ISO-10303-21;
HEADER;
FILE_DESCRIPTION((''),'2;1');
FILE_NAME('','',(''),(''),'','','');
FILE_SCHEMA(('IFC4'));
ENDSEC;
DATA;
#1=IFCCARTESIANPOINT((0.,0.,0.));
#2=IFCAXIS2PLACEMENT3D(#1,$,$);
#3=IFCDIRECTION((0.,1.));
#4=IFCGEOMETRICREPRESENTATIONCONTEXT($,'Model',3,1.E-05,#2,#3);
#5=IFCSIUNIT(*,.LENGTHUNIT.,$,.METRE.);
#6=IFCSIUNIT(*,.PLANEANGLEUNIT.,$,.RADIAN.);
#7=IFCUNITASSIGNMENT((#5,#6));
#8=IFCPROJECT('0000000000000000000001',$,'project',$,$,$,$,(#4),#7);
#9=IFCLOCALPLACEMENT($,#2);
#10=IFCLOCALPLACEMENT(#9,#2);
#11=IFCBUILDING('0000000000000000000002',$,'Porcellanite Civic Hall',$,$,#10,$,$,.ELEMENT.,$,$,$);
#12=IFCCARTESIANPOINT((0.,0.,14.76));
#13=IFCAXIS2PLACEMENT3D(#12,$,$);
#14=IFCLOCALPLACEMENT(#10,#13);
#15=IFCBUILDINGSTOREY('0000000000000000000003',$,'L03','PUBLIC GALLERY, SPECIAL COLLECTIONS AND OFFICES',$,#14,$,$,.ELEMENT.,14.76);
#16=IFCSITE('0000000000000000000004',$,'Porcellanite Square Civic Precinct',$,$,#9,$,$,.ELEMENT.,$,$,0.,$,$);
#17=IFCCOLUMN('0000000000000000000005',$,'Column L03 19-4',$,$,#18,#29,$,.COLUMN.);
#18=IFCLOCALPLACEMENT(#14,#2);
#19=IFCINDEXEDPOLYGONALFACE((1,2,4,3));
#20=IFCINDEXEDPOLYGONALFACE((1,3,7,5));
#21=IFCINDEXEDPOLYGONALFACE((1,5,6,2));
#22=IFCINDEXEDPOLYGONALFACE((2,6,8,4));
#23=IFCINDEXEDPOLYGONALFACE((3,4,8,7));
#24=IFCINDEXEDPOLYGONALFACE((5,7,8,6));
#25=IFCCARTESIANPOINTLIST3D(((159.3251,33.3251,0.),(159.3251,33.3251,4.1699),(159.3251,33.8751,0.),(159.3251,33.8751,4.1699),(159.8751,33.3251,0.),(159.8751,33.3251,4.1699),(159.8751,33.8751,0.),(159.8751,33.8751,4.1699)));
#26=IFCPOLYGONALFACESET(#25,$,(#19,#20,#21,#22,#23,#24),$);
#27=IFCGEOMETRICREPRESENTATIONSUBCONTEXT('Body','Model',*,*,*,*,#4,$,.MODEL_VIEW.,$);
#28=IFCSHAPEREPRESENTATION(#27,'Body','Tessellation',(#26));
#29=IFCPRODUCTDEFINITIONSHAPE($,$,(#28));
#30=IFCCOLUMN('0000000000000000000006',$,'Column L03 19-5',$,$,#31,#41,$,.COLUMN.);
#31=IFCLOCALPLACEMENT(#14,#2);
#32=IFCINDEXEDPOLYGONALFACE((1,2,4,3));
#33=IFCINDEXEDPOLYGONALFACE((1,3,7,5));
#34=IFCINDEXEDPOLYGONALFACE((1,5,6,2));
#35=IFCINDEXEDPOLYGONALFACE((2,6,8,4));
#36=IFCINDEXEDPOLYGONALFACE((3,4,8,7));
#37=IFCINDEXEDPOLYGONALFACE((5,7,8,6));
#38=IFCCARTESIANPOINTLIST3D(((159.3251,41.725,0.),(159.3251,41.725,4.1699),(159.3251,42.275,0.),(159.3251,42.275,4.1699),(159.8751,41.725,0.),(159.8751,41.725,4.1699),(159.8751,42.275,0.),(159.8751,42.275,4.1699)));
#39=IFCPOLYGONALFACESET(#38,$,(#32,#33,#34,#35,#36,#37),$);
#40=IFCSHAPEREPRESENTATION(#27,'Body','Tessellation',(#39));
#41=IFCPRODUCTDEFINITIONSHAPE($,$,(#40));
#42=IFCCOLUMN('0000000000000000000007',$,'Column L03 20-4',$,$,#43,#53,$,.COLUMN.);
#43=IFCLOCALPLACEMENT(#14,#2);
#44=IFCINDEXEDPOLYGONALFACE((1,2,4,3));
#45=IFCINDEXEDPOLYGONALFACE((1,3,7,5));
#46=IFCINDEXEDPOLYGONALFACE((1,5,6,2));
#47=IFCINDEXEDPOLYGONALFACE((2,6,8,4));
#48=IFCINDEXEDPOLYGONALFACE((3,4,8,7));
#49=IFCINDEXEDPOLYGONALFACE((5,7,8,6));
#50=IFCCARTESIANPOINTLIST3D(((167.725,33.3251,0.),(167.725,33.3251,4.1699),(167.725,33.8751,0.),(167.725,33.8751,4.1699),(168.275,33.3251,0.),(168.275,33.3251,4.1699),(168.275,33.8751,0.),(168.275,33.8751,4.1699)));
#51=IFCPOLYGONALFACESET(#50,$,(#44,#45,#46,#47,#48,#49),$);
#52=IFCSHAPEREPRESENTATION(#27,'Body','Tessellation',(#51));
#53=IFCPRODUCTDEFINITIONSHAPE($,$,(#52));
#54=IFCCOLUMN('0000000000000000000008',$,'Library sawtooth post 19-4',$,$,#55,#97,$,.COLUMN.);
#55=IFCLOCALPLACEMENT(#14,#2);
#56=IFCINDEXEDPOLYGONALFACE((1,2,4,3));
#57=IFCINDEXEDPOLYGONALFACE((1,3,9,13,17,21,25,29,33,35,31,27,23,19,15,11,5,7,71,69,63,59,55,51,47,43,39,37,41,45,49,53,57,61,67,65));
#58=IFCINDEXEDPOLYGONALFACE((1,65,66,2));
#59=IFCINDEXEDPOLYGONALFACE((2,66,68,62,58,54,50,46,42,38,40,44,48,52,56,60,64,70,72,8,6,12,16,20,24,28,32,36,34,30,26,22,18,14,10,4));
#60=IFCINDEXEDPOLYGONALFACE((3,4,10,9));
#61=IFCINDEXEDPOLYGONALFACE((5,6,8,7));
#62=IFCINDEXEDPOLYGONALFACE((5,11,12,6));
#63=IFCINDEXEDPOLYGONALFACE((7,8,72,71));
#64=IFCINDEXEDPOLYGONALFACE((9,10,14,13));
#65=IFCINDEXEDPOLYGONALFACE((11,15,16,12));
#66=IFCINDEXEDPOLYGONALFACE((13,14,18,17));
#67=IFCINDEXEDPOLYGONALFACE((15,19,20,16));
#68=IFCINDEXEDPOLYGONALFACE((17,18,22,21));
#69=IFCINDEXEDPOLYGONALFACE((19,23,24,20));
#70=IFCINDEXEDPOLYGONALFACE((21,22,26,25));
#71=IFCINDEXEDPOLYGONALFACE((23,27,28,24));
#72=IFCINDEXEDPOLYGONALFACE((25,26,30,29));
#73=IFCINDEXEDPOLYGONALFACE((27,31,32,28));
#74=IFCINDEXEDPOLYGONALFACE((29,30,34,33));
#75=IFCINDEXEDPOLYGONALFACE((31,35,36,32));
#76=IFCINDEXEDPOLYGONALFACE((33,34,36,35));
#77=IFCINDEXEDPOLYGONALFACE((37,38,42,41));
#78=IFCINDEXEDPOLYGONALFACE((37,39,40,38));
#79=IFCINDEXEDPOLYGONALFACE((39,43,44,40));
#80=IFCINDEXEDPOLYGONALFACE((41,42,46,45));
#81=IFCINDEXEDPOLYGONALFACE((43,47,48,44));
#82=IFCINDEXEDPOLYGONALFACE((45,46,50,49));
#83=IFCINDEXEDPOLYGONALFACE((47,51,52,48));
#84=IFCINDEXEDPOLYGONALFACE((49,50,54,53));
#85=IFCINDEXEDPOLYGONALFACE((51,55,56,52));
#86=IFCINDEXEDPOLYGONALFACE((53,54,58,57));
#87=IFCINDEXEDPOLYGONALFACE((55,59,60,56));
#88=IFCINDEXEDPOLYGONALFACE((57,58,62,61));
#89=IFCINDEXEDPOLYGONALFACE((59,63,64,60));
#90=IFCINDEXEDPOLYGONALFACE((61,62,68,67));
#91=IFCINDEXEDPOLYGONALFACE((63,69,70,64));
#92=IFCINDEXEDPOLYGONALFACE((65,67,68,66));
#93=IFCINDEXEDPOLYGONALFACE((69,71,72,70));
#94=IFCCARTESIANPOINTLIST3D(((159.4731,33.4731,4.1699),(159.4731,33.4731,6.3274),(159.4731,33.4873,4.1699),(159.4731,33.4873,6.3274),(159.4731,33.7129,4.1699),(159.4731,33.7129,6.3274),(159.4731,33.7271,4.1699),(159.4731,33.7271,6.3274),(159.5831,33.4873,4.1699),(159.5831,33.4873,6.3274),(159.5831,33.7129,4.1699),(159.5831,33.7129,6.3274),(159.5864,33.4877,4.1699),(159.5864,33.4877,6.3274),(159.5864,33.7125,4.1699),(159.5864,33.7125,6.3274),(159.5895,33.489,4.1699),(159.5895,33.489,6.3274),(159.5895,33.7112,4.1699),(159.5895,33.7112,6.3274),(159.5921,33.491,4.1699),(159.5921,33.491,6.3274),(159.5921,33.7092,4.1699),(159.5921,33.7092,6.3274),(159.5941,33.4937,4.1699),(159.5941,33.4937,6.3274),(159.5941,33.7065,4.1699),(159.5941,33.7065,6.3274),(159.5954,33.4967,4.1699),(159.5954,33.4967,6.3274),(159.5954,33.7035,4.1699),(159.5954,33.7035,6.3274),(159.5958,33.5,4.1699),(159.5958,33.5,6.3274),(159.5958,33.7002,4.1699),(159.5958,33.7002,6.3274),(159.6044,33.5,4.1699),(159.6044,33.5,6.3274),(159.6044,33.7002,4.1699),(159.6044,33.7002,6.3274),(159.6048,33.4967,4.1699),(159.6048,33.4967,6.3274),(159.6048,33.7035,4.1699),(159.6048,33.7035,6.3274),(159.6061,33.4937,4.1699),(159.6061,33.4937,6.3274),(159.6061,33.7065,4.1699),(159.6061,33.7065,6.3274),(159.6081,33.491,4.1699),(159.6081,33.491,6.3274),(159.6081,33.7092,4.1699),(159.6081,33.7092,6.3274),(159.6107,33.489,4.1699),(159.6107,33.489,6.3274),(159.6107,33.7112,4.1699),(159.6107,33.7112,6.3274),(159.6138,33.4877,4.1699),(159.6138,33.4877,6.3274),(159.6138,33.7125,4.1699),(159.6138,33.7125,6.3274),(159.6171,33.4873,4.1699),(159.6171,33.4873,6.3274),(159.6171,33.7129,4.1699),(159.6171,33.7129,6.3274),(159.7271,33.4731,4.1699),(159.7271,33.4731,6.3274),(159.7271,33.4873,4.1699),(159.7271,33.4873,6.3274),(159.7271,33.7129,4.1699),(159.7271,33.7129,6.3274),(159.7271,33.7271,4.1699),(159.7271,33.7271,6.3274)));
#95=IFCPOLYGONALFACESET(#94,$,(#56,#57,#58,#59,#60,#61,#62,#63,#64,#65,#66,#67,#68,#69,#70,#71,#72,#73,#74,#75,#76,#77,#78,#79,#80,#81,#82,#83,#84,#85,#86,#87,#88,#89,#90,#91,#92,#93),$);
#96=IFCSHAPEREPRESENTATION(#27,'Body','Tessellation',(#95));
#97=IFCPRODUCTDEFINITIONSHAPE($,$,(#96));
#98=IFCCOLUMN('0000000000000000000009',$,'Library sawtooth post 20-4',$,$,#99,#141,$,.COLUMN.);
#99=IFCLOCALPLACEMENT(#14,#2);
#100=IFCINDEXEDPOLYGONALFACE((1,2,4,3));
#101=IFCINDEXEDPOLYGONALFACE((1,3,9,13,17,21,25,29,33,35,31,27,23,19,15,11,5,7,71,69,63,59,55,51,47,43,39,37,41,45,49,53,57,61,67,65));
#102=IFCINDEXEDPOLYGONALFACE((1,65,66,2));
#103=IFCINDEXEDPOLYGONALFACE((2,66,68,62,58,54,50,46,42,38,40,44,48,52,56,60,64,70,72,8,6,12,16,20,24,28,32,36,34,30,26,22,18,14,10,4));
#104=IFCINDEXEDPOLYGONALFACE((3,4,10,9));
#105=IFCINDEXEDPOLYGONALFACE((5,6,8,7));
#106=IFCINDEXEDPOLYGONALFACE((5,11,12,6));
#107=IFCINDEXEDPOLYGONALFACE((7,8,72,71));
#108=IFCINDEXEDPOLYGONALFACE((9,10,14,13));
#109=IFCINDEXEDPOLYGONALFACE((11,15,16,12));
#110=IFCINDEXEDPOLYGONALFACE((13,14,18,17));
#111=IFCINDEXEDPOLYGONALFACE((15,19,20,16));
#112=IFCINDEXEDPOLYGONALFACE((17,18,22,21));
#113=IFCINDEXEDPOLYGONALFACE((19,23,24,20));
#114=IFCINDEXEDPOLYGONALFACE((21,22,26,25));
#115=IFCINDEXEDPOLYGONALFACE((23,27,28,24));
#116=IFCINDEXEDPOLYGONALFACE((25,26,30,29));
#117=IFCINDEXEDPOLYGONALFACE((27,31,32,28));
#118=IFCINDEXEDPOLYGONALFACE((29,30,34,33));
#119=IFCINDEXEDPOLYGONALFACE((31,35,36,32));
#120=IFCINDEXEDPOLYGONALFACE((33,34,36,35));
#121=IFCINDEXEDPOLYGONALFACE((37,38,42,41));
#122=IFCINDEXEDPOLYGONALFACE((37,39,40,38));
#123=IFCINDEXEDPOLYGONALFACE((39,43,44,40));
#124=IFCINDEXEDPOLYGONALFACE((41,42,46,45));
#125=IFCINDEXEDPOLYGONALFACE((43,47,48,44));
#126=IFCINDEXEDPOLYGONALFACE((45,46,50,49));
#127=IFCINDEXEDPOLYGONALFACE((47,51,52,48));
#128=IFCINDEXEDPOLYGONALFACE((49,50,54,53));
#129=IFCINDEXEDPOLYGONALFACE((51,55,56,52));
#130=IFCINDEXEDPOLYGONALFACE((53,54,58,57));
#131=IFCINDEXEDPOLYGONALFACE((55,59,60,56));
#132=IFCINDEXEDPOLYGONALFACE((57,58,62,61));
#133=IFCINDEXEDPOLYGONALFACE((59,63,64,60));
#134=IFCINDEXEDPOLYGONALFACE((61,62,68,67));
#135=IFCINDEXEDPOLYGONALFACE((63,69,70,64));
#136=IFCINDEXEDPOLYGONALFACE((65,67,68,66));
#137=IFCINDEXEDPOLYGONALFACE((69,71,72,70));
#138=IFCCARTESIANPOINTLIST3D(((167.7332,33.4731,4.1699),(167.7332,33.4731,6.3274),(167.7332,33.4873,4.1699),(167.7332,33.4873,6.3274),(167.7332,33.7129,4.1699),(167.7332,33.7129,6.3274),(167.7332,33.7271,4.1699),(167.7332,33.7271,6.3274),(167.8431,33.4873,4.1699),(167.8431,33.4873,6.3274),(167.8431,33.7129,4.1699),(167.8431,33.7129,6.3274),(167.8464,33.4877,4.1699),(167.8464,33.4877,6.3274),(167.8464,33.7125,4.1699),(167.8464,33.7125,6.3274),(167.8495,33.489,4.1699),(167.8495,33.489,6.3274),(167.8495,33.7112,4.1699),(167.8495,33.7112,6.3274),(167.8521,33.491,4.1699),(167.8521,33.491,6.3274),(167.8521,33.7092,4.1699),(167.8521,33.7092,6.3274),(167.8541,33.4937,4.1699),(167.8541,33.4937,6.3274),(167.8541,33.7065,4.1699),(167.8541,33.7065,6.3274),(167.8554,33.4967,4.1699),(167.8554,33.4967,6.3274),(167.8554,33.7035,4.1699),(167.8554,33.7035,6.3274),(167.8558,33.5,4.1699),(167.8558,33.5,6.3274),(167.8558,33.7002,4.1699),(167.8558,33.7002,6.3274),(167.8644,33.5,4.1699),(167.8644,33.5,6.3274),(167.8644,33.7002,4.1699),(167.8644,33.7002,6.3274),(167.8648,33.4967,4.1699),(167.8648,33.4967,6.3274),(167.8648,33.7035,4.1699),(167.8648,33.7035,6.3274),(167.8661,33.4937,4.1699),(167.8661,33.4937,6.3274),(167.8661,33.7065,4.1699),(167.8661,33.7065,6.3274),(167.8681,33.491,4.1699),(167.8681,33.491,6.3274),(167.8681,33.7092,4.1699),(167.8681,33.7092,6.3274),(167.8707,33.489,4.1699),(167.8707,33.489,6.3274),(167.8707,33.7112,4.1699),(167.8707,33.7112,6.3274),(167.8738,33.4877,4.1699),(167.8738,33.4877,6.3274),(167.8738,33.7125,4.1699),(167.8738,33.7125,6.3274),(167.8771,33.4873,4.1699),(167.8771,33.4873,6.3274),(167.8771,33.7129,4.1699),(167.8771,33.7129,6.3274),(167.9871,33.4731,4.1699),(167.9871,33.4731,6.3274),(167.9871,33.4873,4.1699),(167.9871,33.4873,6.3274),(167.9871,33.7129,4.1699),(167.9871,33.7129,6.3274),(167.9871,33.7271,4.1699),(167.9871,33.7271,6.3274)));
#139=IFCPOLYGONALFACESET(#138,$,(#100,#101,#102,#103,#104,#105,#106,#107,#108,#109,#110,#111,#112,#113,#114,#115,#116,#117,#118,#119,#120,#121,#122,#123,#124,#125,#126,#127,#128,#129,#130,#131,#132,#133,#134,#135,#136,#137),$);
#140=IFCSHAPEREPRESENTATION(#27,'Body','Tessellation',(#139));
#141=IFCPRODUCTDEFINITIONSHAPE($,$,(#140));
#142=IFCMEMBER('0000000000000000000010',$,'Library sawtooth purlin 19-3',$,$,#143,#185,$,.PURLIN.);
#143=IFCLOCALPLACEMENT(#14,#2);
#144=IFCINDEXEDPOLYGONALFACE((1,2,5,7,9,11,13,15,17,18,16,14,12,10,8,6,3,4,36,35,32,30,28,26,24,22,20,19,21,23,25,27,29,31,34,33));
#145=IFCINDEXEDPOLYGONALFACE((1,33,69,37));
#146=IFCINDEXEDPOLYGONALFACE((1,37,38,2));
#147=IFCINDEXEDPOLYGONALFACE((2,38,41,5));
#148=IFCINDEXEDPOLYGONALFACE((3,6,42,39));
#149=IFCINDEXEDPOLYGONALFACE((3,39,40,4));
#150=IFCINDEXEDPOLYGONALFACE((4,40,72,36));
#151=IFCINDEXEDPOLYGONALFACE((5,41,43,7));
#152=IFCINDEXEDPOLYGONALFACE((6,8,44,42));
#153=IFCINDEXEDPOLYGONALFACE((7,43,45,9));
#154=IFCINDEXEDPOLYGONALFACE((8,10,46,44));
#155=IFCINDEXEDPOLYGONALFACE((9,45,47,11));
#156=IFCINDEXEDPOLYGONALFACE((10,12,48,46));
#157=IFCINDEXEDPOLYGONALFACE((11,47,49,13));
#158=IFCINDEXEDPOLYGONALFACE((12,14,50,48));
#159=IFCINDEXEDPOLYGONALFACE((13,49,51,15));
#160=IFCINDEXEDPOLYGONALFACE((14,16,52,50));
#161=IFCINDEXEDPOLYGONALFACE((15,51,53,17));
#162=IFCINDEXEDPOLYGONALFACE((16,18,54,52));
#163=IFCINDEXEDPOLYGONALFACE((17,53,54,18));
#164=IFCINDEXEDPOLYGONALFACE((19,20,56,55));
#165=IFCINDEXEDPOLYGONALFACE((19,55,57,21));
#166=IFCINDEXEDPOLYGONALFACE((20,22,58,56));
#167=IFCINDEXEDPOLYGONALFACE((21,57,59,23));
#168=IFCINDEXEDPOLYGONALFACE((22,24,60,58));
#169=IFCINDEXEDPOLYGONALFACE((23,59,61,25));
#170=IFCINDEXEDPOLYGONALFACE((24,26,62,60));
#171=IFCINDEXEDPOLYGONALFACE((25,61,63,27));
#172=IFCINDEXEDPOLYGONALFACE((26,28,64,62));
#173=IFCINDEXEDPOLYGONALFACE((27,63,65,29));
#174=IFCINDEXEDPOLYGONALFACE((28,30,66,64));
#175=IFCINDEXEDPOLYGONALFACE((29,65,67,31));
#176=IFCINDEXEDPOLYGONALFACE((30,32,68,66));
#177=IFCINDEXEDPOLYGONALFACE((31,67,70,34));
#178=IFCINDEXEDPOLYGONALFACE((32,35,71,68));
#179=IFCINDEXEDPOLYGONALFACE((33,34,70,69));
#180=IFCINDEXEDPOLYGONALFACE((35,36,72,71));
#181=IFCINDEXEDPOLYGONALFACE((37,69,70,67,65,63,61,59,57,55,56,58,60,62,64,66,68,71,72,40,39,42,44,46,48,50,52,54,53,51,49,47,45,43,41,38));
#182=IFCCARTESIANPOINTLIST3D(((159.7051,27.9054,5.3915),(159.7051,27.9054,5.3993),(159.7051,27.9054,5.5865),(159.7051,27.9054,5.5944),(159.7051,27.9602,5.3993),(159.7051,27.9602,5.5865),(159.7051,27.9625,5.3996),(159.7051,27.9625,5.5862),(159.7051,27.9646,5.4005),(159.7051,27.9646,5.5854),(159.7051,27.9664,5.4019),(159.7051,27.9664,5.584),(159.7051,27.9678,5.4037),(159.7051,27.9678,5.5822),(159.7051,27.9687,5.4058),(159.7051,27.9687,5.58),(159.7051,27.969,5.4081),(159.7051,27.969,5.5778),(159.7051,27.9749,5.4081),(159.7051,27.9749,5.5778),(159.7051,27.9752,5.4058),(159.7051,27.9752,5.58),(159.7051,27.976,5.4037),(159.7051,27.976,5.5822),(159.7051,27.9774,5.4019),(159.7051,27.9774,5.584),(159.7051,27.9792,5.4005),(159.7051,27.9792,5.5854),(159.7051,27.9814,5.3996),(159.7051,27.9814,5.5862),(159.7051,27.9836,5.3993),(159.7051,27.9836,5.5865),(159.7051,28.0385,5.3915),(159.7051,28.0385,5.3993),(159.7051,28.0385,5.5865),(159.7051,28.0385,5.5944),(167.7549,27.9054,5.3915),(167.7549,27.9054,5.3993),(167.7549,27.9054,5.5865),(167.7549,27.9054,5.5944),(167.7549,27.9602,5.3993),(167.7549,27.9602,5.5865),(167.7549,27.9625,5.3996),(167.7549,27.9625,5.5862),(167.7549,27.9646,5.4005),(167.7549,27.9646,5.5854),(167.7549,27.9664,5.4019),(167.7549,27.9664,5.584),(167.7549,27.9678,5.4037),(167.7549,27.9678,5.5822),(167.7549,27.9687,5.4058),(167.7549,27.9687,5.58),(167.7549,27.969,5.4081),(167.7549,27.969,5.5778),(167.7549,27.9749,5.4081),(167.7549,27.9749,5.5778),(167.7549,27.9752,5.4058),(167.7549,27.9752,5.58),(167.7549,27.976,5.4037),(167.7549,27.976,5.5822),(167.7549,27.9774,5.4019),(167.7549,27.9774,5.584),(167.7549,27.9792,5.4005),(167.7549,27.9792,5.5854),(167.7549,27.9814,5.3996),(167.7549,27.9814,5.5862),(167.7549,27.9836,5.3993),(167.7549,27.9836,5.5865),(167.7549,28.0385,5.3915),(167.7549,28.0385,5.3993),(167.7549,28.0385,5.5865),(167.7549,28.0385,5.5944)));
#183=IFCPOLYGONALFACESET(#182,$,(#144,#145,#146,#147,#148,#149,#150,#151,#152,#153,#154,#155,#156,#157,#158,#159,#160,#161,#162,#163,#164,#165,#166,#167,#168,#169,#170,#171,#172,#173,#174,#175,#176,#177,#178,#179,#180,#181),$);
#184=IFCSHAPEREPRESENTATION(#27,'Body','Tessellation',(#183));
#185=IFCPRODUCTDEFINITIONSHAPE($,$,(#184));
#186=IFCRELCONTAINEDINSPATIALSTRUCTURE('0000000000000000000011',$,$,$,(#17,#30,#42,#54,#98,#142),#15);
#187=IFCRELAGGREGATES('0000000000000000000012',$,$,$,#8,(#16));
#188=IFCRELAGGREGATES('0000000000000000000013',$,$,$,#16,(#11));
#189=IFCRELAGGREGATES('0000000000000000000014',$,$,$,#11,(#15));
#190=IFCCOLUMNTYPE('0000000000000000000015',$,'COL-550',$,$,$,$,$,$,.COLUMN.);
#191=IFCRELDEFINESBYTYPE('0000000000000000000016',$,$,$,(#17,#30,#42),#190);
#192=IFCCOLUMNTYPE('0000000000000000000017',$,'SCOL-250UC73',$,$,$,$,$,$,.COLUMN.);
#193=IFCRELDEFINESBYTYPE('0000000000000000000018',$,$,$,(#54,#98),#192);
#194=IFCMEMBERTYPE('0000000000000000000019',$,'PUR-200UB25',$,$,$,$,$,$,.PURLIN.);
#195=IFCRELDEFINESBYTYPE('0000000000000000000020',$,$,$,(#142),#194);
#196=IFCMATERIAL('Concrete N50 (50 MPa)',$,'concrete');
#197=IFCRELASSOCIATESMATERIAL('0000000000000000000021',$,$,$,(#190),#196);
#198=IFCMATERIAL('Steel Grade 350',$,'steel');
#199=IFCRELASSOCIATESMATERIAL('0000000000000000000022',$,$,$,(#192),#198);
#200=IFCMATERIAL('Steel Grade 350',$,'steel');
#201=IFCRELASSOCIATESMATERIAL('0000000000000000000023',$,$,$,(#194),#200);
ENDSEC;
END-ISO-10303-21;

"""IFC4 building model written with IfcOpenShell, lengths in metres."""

from ifc_helpers import new_model, si_unit, direction, frame, origin, origin_2d, place, context, subcontext, project, spatial, rectangle, i_section, extrude, material, material_profile, profile_set, type_object, element, save


model = new_model("IFC4")

# Units and contexts
model_context = context("Model", 3, precision=1e-05, world=origin(), true_north=direction((0.0, 1.0)))
body_context = subcontext(model_context, "Body", "Model", "MODEL_VIEW")
ifc_project = project(units=[si_unit("LENGTHUNIT", "METRE"), si_unit("PLANEANGLEUNIT", "RADIAN")], contexts=[model_context])

# Site, building, storey
site_placement = place(None, origin())
site = spatial("IfcSite", under=ifc_project, at=site_placement, Name="Porcellanite Square Civic Precinct", CompositionType="ELEMENT", RefElevation=0.0)
building_placement = place(site_placement, origin())
building = spatial("IfcBuilding", under=site, at=building_placement, Name="Porcellanite Civic Hall", CompositionType="ELEMENT")
storey_placement = place(building_placement, frame((0.0, 0.0, 14.76)))
storey = spatial("IfcBuildingStorey", under=building, at=storey_placement, Name="L03", Description="PUBLIC GALLERY, SPECIAL COLLECTIONS AND OFFICES", CompositionType="ELEMENT", Elevation=14.76)

# Columns
ifc_material_1 = material(Name="Concrete N50 (50 MPa)", Category="concrete")
ifc_material_profile_1 = material_profile(ifc_material_1, rectangle(XDim=0.55, YDim=0.55, at=origin_2d()), Name="RC-550x550")
ifc_profile_set_1 = profile_set([ifc_material_profile_1], Name="Concrete N50 (50 MPa)")
column_type_1 = type_object("IfcColumnType", Name="COL-550", PredefinedType="COLUMN", material=ifc_profile_set_1)
for number, where, z_axis, x_axis, name in (
    (1, (159.6001, 33.6001, 0.0), (0.0, 0.0, 1.0), (1.0, 0.0, 0.0), "Column L03 19-4"),
    (2, (159.6001, 42.0, 0.0), (0.0, 0.0, 1.0), (1.0, 0.0, 0.0), "Column L03 19-5"),
    (3, (168.0, 33.6001, 0.0), (0.0, 0.0, 1.0), (1.0, 0.0, 0.0), "Column L03 20-4"),
):
    element("IfcColumn", number, at=place(storey_placement, frame(where, z_axis=z_axis, x_axis=x_axis)), inside=storey, type_object=column_type_1, Name=name, PredefinedType="COLUMN", context=body_context, shape_type="SweptSolid", body=[
        extrude(rectangle(XDim=0.55, YDim=0.55, at=origin_2d()), origin(), (0.0, 0.0, 1.0), 4.1699),
    ])
ifc_material_2 = material(Name="Steel Grade 350", Category="steel")
ifc_material_profile_2 = material_profile(ifc_material_2, i_section(OverallWidth=0.2539, OverallDepth=0.2539, WebThickness=0.0085, FlangeThickness=0.0142, FilletRadius=0.0127, at=origin_2d()), Name="250UC72.9")
ifc_profile_set_2 = profile_set([ifc_material_profile_2], Name="Steel Grade 350")
column_type_2 = type_object("IfcColumnType", Name="SCOL-250UC73", PredefinedType="COLUMN", material=ifc_profile_set_2)
for number, where, z_axis, x_axis, name in (
    (4, (159.6001, 33.6001, 4.1699), (0.0, 0.0, 1.0), (1.0, 0.0, 0.0), "Library sawtooth post 19-4"),
    (5, (167.8601, 33.6001, 4.1699), (0.0, 0.0, 1.0), (1.0, 0.0, 0.0), "Library sawtooth post 20-4"),
):
    element("IfcColumn", number, at=place(storey_placement, frame(where, z_axis=z_axis, x_axis=x_axis)), inside=storey, type_object=column_type_2, Name=name, PredefinedType="COLUMN", context=body_context, shape_type="SweptSolid", body=[
        extrude(i_section(OverallWidth=0.2539, OverallDepth=0.2539, WebThickness=0.0085, FlangeThickness=0.0142, FilletRadius=0.0127, at=origin_2d()), origin(), (0.0, 0.0, 1.0), 2.1575),
    ])

# Member
ifc_material_3 = material(Name="Steel Grade 350", Category="steel")
ifc_material_profile_3 = material_profile(ifc_material_3, i_section(OverallWidth=0.1331, OverallDepth=0.2029, WebThickness=0.0059, FlangeThickness=0.0078, FilletRadius=0.0088, at=origin_2d()), Name="200UB25.4")
ifc_profile_set_3 = profile_set([ifc_material_profile_3], Name="Steel Grade 350")
member_type = type_object("IfcMemberType", Name="PUR-200UB25", PredefinedType="PURLIN", material=ifc_profile_set_3)
for number, where, z_axis, x_axis, name in (
    (6, (159.7051, 27.9719, 5.4929), (1.0, 0.0, 0.0), (0.0, 1.0, 0.0), "Library sawtooth purlin 19-3"),
):
    element("IfcMember", number, at=place(storey_placement, frame(where, z_axis=z_axis, x_axis=x_axis)), inside=storey, type_object=member_type, Name=name, PredefinedType="PURLIN", context=body_context, shape_type="SweptSolid", body=[
        extrude(i_section(OverallWidth=0.1331, OverallDepth=0.2029, WebThickness=0.0059, FlangeThickness=0.0078, FilletRadius=0.0088, at=origin_2d()), origin(), (0.0, 0.0, 1.0), 8.0498),
    ])

save(model, "model.ifc")
